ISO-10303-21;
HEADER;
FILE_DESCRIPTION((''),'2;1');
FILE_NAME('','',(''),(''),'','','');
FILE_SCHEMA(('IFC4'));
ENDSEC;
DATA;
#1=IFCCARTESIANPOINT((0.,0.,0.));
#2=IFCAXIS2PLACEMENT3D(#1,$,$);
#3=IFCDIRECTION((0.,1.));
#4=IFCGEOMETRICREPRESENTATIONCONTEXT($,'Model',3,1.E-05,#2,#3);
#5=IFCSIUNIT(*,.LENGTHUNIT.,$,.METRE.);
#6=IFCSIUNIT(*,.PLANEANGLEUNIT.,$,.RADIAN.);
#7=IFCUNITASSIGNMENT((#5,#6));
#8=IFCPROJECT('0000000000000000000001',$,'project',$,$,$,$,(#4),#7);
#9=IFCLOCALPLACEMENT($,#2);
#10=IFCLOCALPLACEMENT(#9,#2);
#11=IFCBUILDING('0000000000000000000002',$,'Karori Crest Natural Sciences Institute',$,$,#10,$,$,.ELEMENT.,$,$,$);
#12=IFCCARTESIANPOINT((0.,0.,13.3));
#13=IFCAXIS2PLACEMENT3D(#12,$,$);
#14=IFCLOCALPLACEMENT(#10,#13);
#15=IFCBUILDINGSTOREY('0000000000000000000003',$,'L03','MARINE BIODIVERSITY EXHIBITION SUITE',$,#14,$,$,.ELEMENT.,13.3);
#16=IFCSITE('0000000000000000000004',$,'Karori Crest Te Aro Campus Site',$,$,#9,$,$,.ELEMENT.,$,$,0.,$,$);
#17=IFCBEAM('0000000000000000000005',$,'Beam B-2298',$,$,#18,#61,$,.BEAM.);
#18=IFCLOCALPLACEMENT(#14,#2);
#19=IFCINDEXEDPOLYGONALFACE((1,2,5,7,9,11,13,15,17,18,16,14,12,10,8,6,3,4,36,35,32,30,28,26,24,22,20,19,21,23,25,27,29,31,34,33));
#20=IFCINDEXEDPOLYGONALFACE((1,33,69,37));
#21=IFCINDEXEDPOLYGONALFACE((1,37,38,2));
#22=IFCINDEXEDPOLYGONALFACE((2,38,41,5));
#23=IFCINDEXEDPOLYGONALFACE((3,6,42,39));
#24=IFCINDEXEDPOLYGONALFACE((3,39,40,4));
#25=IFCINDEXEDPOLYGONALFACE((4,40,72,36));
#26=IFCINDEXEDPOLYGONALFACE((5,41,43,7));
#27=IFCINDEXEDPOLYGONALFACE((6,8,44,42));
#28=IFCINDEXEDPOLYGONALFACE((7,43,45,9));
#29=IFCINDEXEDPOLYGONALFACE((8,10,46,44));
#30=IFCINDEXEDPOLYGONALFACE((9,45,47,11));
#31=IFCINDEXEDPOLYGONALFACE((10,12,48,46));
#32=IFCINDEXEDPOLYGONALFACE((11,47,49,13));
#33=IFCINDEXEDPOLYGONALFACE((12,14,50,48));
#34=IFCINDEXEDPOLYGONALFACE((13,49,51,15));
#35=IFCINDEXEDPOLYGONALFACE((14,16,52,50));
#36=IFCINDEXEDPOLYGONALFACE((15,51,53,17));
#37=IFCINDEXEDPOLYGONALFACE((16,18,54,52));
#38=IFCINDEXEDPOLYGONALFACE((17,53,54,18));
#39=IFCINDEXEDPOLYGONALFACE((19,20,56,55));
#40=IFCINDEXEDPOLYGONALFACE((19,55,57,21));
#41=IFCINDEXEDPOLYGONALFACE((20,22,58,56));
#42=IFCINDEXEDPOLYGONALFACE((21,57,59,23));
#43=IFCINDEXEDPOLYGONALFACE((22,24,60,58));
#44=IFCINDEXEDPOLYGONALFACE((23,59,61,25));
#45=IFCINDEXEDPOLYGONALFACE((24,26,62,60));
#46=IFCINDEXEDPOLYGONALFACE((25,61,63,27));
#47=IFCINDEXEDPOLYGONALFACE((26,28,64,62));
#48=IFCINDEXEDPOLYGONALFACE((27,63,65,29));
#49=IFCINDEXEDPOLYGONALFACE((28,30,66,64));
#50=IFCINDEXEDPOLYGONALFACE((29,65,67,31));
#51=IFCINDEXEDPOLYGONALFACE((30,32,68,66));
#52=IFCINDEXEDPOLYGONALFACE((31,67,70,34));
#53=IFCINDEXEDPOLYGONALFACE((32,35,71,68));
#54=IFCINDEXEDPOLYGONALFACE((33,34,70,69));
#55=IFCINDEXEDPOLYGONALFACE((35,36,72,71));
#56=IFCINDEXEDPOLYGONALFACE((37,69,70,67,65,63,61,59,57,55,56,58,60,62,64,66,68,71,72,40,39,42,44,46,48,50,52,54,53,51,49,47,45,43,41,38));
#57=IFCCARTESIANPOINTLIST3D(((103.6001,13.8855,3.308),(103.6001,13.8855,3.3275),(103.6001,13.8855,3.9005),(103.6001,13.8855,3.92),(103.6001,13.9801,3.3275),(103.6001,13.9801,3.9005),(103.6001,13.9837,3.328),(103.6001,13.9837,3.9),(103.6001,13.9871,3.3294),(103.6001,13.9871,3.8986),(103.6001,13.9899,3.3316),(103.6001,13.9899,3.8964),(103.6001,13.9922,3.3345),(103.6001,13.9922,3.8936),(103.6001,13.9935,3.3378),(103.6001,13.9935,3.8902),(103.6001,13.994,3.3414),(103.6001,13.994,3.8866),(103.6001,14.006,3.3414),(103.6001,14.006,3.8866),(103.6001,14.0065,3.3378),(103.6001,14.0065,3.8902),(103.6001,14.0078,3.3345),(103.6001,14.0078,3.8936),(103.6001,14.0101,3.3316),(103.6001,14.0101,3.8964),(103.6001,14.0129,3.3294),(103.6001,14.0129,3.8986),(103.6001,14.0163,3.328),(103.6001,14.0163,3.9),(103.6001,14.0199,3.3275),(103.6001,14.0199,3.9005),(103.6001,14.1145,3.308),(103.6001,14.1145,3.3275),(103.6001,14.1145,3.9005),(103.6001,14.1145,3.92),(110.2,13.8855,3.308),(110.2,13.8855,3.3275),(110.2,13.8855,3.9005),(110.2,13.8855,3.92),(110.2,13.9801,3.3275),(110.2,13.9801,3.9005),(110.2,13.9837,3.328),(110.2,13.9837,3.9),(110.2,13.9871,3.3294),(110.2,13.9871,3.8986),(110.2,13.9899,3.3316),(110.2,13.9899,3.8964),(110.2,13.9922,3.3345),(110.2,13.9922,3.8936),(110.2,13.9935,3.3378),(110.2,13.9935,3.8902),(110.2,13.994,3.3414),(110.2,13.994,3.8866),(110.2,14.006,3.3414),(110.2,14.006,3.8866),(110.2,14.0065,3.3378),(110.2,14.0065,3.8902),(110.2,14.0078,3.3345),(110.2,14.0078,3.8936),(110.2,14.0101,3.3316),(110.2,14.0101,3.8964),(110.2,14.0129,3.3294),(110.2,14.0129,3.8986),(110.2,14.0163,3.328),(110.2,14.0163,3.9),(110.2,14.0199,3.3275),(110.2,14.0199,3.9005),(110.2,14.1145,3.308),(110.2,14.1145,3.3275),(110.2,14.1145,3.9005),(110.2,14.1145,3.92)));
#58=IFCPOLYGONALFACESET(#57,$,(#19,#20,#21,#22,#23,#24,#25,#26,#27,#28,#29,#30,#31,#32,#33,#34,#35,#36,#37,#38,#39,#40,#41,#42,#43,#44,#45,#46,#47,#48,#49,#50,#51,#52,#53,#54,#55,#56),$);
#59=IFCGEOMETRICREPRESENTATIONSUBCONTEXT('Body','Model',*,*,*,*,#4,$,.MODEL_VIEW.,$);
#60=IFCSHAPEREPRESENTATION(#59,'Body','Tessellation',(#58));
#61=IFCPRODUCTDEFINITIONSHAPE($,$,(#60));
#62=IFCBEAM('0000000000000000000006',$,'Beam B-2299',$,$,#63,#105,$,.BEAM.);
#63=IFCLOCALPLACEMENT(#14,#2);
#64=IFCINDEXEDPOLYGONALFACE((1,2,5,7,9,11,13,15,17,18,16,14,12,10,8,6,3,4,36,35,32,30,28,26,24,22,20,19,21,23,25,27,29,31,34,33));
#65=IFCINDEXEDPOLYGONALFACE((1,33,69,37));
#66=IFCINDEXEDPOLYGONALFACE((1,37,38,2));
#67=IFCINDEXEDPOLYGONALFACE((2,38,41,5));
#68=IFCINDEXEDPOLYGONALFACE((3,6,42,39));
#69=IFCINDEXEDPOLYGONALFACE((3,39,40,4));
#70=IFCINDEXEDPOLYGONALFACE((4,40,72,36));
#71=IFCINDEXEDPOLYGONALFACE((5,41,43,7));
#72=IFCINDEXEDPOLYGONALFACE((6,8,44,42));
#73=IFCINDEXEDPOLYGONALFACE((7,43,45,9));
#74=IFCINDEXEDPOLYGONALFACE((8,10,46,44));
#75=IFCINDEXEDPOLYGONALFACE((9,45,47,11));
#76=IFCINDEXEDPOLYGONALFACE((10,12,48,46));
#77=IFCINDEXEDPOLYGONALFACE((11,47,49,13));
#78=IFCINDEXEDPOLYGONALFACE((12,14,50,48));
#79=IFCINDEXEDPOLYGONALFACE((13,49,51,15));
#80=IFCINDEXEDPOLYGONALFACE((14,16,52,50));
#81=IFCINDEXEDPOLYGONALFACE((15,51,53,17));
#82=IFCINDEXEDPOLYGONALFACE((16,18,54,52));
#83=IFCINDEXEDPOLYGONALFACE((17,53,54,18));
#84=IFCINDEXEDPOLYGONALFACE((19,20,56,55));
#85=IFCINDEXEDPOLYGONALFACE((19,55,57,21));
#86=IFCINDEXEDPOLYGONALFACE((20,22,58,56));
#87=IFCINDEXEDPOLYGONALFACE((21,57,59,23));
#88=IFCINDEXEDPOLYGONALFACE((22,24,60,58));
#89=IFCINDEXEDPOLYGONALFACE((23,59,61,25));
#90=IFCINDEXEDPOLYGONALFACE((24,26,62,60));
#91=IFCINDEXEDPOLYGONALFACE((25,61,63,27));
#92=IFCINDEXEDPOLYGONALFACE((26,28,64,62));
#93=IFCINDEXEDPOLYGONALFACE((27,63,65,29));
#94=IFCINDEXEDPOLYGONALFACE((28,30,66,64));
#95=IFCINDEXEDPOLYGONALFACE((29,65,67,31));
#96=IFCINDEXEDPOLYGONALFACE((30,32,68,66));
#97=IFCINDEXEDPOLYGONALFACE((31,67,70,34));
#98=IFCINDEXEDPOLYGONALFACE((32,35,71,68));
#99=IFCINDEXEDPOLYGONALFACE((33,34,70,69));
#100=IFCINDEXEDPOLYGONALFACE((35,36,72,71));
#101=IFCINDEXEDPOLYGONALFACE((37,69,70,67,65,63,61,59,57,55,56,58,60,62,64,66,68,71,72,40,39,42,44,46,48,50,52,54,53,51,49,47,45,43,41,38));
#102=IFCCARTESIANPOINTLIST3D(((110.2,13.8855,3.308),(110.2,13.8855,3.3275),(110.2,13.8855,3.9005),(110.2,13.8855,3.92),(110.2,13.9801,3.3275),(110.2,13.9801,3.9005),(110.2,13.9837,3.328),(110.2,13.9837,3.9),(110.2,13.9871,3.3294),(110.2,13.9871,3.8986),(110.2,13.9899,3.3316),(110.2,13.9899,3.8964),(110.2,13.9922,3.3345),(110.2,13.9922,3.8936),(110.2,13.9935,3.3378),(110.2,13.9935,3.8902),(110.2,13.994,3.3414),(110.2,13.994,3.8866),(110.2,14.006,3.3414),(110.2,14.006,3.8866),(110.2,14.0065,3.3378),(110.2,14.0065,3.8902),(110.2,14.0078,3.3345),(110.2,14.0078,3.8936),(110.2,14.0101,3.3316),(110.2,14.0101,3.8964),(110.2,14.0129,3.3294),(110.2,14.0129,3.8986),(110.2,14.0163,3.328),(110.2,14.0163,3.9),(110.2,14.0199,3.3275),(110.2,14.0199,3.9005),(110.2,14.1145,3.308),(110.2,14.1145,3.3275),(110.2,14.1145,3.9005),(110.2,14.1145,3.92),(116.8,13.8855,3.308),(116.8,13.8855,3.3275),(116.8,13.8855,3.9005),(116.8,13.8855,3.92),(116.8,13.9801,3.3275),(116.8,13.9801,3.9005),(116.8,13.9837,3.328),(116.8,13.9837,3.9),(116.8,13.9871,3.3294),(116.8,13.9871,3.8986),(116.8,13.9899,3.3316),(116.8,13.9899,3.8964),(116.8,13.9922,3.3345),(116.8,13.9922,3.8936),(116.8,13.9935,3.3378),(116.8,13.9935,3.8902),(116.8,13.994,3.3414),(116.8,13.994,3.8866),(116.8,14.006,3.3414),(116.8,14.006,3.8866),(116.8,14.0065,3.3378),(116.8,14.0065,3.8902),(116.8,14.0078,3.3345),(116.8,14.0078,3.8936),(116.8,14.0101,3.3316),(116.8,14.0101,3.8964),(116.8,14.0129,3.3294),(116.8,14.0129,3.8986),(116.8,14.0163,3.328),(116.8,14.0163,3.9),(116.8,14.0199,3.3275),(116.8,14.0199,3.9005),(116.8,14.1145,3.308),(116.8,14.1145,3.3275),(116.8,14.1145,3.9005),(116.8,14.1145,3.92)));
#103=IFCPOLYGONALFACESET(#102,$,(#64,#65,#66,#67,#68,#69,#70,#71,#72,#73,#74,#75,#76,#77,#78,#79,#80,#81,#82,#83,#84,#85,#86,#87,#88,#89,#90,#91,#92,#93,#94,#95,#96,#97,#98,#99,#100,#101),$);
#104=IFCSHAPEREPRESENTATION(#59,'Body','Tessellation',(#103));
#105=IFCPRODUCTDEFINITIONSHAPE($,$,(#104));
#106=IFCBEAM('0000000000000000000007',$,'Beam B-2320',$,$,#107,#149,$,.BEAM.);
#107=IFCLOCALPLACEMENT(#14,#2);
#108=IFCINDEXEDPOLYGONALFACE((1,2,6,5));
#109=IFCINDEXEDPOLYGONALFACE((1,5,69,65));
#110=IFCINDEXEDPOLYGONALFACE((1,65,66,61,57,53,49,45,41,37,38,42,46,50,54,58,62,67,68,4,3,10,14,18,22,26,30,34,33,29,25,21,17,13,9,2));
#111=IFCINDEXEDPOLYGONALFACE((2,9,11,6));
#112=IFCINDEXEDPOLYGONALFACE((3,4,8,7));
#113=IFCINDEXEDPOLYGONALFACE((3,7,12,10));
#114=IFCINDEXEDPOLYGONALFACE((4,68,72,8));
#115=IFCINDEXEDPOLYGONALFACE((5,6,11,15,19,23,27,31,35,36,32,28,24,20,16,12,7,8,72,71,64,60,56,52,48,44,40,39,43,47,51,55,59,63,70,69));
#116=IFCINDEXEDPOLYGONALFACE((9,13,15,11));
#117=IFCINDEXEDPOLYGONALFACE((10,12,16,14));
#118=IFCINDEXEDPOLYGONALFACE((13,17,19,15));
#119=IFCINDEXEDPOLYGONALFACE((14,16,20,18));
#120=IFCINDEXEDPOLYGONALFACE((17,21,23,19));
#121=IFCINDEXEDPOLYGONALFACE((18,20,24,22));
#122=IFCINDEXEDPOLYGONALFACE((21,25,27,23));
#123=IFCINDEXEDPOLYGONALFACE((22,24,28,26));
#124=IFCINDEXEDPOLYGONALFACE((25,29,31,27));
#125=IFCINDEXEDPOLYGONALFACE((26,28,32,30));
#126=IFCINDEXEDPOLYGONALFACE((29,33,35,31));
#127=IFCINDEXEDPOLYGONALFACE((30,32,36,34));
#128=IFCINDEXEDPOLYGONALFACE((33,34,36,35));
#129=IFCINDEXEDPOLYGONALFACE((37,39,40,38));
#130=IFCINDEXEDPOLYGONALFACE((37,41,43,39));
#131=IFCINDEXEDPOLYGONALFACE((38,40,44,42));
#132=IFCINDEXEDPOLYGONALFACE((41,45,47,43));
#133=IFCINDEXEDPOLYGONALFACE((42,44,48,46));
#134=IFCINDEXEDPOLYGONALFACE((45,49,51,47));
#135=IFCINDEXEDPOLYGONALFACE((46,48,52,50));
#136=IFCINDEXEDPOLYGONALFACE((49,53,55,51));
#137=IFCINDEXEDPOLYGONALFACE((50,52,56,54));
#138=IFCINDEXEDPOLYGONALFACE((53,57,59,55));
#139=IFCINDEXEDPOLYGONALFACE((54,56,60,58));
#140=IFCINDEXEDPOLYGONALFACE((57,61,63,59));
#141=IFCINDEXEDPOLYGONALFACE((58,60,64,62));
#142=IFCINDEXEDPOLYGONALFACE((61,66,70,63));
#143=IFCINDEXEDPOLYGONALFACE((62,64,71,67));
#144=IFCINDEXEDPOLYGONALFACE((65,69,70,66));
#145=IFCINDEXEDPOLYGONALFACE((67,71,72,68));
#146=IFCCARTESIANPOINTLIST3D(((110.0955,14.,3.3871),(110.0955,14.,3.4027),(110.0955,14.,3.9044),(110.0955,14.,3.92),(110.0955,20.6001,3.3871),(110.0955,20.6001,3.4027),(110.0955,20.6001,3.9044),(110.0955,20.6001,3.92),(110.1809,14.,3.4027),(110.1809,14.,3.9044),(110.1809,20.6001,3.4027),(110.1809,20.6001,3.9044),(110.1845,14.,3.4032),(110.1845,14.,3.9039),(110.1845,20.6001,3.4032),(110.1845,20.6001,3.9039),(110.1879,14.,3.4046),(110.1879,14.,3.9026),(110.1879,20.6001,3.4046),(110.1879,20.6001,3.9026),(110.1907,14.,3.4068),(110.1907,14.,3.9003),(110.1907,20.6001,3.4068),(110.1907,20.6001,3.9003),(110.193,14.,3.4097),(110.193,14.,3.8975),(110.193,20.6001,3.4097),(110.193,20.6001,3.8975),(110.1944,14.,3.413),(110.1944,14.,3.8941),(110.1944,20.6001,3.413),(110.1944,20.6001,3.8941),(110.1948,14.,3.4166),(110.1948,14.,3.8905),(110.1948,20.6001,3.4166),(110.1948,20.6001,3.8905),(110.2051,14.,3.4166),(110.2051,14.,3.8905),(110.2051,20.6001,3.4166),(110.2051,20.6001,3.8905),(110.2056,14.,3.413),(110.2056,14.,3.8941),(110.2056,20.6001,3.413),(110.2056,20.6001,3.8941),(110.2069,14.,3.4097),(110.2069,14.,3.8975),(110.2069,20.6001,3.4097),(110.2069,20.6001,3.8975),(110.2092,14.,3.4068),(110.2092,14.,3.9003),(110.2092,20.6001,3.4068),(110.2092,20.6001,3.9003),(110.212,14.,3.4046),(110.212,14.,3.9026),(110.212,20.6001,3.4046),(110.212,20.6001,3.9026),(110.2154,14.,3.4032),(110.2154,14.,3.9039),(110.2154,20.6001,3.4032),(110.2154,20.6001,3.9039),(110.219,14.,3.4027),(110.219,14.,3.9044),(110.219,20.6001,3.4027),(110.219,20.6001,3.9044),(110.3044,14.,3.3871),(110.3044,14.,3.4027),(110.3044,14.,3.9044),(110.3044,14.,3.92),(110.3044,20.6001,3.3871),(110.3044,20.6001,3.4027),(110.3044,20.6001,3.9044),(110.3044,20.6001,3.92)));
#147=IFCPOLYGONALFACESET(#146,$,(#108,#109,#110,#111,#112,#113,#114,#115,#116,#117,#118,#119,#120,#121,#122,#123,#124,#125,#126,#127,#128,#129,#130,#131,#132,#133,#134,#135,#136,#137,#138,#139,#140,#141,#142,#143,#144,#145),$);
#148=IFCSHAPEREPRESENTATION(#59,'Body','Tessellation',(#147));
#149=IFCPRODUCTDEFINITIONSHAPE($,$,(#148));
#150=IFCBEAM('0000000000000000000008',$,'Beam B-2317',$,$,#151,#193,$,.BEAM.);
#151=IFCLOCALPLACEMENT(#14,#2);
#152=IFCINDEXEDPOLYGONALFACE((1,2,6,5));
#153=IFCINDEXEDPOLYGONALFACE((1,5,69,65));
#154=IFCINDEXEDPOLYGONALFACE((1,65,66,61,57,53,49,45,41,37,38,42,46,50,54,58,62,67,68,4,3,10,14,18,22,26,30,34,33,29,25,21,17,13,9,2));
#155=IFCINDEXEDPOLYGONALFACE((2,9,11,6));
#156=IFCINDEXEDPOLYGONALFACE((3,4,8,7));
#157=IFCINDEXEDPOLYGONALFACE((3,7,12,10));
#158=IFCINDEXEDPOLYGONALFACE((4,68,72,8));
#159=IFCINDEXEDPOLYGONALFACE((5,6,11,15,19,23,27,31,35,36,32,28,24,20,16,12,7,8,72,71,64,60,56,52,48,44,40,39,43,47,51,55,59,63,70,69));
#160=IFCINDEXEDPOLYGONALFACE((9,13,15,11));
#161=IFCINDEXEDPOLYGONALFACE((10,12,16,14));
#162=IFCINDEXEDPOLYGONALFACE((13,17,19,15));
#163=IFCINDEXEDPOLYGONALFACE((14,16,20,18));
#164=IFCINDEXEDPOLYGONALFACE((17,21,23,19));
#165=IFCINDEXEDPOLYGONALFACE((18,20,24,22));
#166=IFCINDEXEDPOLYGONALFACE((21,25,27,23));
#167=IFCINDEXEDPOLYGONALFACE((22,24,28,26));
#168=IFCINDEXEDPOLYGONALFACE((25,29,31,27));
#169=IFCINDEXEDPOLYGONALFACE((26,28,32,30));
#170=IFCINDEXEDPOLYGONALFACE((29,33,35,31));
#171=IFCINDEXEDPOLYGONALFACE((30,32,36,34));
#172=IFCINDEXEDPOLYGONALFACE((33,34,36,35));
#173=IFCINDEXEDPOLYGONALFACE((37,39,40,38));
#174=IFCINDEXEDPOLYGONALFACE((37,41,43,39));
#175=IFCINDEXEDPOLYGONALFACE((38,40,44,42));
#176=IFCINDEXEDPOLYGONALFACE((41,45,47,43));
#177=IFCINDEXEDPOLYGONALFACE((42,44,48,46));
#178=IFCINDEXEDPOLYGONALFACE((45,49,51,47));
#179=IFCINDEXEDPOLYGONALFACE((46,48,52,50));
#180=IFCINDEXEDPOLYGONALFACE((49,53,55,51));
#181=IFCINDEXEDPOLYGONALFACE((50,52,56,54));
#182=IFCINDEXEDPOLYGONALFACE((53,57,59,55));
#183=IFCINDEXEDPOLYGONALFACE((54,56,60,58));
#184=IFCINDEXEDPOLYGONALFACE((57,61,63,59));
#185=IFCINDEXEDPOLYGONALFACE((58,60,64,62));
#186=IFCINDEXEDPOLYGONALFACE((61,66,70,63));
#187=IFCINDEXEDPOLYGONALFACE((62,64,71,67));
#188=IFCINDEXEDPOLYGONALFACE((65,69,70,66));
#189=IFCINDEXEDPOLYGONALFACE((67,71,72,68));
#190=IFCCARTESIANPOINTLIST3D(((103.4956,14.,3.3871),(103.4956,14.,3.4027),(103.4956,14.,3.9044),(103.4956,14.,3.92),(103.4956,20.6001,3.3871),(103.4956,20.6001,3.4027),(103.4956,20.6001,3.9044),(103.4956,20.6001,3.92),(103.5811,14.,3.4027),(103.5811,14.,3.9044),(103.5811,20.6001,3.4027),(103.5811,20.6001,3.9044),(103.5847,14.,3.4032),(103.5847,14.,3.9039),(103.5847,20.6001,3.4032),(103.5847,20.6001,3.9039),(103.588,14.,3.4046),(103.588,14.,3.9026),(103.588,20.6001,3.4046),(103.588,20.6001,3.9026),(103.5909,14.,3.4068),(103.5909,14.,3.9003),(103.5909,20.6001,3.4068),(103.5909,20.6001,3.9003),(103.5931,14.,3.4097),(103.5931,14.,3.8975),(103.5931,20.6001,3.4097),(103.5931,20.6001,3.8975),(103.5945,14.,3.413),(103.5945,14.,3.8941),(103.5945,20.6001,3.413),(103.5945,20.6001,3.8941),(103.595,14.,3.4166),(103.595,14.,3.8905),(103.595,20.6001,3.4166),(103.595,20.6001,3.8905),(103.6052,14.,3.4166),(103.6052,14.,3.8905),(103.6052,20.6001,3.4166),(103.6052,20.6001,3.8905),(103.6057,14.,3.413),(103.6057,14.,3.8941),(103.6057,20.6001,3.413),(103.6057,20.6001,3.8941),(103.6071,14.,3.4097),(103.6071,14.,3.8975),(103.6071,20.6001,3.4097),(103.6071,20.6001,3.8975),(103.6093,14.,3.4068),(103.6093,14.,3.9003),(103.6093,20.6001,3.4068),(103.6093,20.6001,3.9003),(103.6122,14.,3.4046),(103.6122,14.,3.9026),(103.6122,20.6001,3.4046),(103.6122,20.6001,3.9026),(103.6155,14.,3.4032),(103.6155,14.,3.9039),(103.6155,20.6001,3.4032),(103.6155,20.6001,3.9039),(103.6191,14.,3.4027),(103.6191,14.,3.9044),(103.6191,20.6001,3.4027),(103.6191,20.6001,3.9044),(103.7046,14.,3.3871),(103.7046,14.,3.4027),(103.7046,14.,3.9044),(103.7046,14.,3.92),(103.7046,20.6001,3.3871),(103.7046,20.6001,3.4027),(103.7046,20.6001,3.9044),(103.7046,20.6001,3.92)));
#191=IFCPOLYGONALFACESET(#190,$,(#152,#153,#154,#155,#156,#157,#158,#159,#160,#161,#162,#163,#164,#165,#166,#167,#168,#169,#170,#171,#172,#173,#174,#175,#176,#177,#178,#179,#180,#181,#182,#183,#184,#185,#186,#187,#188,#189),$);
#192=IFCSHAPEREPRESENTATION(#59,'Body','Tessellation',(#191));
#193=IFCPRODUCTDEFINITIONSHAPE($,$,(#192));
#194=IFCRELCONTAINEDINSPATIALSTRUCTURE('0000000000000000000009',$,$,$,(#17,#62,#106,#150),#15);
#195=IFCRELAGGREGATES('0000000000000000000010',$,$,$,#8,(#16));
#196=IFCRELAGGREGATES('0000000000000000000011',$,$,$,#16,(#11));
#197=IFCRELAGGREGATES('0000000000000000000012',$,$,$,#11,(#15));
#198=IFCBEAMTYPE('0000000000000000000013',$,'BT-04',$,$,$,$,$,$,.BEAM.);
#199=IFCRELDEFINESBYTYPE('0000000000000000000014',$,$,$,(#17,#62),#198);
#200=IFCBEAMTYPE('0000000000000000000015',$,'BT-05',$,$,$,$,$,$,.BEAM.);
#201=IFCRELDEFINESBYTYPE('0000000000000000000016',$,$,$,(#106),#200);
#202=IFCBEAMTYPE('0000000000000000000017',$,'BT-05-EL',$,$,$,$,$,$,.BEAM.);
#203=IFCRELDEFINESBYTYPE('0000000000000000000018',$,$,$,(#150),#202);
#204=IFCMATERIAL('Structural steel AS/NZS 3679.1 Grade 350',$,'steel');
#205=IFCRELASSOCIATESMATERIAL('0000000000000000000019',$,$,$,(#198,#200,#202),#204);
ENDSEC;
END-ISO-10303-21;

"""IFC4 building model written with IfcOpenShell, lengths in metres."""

from ifc_helpers import new_model, si_unit, direction, frame, origin, origin_2d, place, context, subcontext, project, spatial, i_section, extrude, material, material_profile, profile_set, type_object, element, save


model = new_model("IFC4")

# Units and contexts
model_context = context("Model", 3, precision=1e-05, world=origin(), true_north=direction((0.0, 1.0)))
body_context = subcontext(model_context, "Body", "Model", "MODEL_VIEW")
ifc_project = project(units=[si_unit("LENGTHUNIT", "METRE"), si_unit("PLANEANGLEUNIT", "RADIAN")], contexts=[model_context])

# Site, building, storey
site_placement = place(None, origin())
site = spatial("IfcSite", under=ifc_project, at=site_placement, Name="Karori Crest Te Aro Campus Site", CompositionType="ELEMENT", RefElevation=0.0)
building_placement = place(site_placement, origin())
building = spatial("IfcBuilding", under=site, at=building_placement, Name="Karori Crest Natural Sciences Institute", CompositionType="ELEMENT")
storey_placement = place(building_placement, frame((0.0, 0.0, 13.3)))
storey = spatial("IfcBuildingStorey", under=building, at=storey_placement, Name="L03", Description="MARINE BIODIVERSITY EXHIBITION SUITE", CompositionType="ELEMENT", Elevation=13.3)

# Shared definitions
ifc_material_1 = material(Name="Structural steel AS/NZS 3679.1 Grade 350", Category="steel")

# Beams
ifc_material_profile_1 = material_profile(ifc_material_1, i_section(OverallWidth=0.229, OverallDepth=0.6121, WebThickness=0.012, FlangeThickness=0.0195, FilletRadius=0.0139, at=origin_2d()), Name="610UB125")
ifc_profile_set_1 = profile_set([ifc_material_profile_1], Name="Structural steel AS/NZS 3679.1 Grade 350")
beam_type_1 = type_object("IfcBeamType", Name="BT-04", PredefinedType="BEAM", material=ifc_profile_set_1)
beam_1_placement = place(storey_placement, frame((103.6001, 14.0, 3.614), z_axis=(1.0, 0.0, 0.0), x_axis=(0.0, 1.0, 0.0)))
element("IfcBeam", 1, at=beam_1_placement, inside=storey, type_object=beam_type_1, Name="Beam B-2298", PredefinedType="BEAM", context=body_context, shape_type="SweptSolid", body=[
    extrude(i_section(OverallWidth=0.229, OverallDepth=0.6121, WebThickness=0.012, FlangeThickness=0.0195, FilletRadius=0.0139, at=origin_2d()), origin(), (0.0, 0.0, 1.0), 6.5999),
])
beam_2_placement = place(storey_placement, frame((110.2, 14.0, 3.614), z_axis=(1.0, 0.0, 0.0), x_axis=(0.0, 1.0, 0.0)))
element("IfcBeam", 2, at=beam_2_placement, inside=storey, type_object=beam_type_1, Name="Beam B-2299", PredefinedType="BEAM", context=body_context, shape_type="SweptSolid", body=[
    extrude(i_section(OverallWidth=0.229, OverallDepth=0.6121, WebThickness=0.012, FlangeThickness=0.0195, FilletRadius=0.0139, at=origin_2d()), origin(), (0.0, 0.0, 1.0), 6.6001),
])
ifc_material_profile_2 = material_profile(ifc_material_1, i_section(OverallWidth=0.209, OverallDepth=0.533, WebThickness=0.0103, FlangeThickness=0.0156, FilletRadius=0.0139, at=origin_2d()), Name="530UB92.4")
ifc_profile_set_2 = profile_set([ifc_material_profile_2], Name="Structural steel AS/NZS 3679.1 Grade 350")
beam_type_2 = type_object("IfcBeamType", Name="BT-05", PredefinedType="BEAM", material=ifc_profile_set_2)
beam_3_placement = place(storey_placement, frame((110.2, 14.0, 3.6536), z_axis=(0.0, 1.0, 0.0), x_axis=(-1.0, 0.0, 0.0)))
element("IfcBeam", 3, at=beam_3_placement, inside=storey, type_object=beam_type_2, Name="Beam B-2320", PredefinedType="BEAM", context=body_context, shape_type="SweptSolid", body=[
    extrude(i_section(OverallWidth=0.209, OverallDepth=0.533, WebThickness=0.0103, FlangeThickness=0.0156, FilletRadius=0.0139, at=origin_2d()), origin(), (0.0, 0.0, 1.0), 6.6001),
])
ifc_material_profile_3 = material_profile(ifc_material_1, i_section(OverallWidth=0.209, OverallDepth=0.533, WebThickness=0.0103, FlangeThickness=0.0156, FilletRadius=0.0139, at=origin_2d()), Name="530UB92.4")
ifc_profile_set_3 = profile_set([ifc_material_profile_3], Name="Structural steel AS/NZS 3679.1 Grade 350")
beam_type_3 = type_object("IfcBeamType", Name="BT-05-EL", PredefinedType="BEAM", material=ifc_profile_set_3)
beam_4_placement = place(storey_placement, frame((103.6001, 14.0, 3.6536), z_axis=(0.0, 1.0, 0.0), x_axis=(-1.0, 0.0, 0.0)))
element("IfcBeam", 4, at=beam_4_placement, inside=storey, type_object=beam_type_3, Name="Beam B-2317", PredefinedType="BEAM", context=body_context, shape_type="SweptSolid", body=[
    extrude(i_section(OverallWidth=0.209, OverallDepth=0.533, WebThickness=0.0103, FlangeThickness=0.0156, FilletRadius=0.0139, at=origin_2d()), origin(), (0.0, 0.0, 1.0), 6.6001),
])

save(model, "model.ifc")
